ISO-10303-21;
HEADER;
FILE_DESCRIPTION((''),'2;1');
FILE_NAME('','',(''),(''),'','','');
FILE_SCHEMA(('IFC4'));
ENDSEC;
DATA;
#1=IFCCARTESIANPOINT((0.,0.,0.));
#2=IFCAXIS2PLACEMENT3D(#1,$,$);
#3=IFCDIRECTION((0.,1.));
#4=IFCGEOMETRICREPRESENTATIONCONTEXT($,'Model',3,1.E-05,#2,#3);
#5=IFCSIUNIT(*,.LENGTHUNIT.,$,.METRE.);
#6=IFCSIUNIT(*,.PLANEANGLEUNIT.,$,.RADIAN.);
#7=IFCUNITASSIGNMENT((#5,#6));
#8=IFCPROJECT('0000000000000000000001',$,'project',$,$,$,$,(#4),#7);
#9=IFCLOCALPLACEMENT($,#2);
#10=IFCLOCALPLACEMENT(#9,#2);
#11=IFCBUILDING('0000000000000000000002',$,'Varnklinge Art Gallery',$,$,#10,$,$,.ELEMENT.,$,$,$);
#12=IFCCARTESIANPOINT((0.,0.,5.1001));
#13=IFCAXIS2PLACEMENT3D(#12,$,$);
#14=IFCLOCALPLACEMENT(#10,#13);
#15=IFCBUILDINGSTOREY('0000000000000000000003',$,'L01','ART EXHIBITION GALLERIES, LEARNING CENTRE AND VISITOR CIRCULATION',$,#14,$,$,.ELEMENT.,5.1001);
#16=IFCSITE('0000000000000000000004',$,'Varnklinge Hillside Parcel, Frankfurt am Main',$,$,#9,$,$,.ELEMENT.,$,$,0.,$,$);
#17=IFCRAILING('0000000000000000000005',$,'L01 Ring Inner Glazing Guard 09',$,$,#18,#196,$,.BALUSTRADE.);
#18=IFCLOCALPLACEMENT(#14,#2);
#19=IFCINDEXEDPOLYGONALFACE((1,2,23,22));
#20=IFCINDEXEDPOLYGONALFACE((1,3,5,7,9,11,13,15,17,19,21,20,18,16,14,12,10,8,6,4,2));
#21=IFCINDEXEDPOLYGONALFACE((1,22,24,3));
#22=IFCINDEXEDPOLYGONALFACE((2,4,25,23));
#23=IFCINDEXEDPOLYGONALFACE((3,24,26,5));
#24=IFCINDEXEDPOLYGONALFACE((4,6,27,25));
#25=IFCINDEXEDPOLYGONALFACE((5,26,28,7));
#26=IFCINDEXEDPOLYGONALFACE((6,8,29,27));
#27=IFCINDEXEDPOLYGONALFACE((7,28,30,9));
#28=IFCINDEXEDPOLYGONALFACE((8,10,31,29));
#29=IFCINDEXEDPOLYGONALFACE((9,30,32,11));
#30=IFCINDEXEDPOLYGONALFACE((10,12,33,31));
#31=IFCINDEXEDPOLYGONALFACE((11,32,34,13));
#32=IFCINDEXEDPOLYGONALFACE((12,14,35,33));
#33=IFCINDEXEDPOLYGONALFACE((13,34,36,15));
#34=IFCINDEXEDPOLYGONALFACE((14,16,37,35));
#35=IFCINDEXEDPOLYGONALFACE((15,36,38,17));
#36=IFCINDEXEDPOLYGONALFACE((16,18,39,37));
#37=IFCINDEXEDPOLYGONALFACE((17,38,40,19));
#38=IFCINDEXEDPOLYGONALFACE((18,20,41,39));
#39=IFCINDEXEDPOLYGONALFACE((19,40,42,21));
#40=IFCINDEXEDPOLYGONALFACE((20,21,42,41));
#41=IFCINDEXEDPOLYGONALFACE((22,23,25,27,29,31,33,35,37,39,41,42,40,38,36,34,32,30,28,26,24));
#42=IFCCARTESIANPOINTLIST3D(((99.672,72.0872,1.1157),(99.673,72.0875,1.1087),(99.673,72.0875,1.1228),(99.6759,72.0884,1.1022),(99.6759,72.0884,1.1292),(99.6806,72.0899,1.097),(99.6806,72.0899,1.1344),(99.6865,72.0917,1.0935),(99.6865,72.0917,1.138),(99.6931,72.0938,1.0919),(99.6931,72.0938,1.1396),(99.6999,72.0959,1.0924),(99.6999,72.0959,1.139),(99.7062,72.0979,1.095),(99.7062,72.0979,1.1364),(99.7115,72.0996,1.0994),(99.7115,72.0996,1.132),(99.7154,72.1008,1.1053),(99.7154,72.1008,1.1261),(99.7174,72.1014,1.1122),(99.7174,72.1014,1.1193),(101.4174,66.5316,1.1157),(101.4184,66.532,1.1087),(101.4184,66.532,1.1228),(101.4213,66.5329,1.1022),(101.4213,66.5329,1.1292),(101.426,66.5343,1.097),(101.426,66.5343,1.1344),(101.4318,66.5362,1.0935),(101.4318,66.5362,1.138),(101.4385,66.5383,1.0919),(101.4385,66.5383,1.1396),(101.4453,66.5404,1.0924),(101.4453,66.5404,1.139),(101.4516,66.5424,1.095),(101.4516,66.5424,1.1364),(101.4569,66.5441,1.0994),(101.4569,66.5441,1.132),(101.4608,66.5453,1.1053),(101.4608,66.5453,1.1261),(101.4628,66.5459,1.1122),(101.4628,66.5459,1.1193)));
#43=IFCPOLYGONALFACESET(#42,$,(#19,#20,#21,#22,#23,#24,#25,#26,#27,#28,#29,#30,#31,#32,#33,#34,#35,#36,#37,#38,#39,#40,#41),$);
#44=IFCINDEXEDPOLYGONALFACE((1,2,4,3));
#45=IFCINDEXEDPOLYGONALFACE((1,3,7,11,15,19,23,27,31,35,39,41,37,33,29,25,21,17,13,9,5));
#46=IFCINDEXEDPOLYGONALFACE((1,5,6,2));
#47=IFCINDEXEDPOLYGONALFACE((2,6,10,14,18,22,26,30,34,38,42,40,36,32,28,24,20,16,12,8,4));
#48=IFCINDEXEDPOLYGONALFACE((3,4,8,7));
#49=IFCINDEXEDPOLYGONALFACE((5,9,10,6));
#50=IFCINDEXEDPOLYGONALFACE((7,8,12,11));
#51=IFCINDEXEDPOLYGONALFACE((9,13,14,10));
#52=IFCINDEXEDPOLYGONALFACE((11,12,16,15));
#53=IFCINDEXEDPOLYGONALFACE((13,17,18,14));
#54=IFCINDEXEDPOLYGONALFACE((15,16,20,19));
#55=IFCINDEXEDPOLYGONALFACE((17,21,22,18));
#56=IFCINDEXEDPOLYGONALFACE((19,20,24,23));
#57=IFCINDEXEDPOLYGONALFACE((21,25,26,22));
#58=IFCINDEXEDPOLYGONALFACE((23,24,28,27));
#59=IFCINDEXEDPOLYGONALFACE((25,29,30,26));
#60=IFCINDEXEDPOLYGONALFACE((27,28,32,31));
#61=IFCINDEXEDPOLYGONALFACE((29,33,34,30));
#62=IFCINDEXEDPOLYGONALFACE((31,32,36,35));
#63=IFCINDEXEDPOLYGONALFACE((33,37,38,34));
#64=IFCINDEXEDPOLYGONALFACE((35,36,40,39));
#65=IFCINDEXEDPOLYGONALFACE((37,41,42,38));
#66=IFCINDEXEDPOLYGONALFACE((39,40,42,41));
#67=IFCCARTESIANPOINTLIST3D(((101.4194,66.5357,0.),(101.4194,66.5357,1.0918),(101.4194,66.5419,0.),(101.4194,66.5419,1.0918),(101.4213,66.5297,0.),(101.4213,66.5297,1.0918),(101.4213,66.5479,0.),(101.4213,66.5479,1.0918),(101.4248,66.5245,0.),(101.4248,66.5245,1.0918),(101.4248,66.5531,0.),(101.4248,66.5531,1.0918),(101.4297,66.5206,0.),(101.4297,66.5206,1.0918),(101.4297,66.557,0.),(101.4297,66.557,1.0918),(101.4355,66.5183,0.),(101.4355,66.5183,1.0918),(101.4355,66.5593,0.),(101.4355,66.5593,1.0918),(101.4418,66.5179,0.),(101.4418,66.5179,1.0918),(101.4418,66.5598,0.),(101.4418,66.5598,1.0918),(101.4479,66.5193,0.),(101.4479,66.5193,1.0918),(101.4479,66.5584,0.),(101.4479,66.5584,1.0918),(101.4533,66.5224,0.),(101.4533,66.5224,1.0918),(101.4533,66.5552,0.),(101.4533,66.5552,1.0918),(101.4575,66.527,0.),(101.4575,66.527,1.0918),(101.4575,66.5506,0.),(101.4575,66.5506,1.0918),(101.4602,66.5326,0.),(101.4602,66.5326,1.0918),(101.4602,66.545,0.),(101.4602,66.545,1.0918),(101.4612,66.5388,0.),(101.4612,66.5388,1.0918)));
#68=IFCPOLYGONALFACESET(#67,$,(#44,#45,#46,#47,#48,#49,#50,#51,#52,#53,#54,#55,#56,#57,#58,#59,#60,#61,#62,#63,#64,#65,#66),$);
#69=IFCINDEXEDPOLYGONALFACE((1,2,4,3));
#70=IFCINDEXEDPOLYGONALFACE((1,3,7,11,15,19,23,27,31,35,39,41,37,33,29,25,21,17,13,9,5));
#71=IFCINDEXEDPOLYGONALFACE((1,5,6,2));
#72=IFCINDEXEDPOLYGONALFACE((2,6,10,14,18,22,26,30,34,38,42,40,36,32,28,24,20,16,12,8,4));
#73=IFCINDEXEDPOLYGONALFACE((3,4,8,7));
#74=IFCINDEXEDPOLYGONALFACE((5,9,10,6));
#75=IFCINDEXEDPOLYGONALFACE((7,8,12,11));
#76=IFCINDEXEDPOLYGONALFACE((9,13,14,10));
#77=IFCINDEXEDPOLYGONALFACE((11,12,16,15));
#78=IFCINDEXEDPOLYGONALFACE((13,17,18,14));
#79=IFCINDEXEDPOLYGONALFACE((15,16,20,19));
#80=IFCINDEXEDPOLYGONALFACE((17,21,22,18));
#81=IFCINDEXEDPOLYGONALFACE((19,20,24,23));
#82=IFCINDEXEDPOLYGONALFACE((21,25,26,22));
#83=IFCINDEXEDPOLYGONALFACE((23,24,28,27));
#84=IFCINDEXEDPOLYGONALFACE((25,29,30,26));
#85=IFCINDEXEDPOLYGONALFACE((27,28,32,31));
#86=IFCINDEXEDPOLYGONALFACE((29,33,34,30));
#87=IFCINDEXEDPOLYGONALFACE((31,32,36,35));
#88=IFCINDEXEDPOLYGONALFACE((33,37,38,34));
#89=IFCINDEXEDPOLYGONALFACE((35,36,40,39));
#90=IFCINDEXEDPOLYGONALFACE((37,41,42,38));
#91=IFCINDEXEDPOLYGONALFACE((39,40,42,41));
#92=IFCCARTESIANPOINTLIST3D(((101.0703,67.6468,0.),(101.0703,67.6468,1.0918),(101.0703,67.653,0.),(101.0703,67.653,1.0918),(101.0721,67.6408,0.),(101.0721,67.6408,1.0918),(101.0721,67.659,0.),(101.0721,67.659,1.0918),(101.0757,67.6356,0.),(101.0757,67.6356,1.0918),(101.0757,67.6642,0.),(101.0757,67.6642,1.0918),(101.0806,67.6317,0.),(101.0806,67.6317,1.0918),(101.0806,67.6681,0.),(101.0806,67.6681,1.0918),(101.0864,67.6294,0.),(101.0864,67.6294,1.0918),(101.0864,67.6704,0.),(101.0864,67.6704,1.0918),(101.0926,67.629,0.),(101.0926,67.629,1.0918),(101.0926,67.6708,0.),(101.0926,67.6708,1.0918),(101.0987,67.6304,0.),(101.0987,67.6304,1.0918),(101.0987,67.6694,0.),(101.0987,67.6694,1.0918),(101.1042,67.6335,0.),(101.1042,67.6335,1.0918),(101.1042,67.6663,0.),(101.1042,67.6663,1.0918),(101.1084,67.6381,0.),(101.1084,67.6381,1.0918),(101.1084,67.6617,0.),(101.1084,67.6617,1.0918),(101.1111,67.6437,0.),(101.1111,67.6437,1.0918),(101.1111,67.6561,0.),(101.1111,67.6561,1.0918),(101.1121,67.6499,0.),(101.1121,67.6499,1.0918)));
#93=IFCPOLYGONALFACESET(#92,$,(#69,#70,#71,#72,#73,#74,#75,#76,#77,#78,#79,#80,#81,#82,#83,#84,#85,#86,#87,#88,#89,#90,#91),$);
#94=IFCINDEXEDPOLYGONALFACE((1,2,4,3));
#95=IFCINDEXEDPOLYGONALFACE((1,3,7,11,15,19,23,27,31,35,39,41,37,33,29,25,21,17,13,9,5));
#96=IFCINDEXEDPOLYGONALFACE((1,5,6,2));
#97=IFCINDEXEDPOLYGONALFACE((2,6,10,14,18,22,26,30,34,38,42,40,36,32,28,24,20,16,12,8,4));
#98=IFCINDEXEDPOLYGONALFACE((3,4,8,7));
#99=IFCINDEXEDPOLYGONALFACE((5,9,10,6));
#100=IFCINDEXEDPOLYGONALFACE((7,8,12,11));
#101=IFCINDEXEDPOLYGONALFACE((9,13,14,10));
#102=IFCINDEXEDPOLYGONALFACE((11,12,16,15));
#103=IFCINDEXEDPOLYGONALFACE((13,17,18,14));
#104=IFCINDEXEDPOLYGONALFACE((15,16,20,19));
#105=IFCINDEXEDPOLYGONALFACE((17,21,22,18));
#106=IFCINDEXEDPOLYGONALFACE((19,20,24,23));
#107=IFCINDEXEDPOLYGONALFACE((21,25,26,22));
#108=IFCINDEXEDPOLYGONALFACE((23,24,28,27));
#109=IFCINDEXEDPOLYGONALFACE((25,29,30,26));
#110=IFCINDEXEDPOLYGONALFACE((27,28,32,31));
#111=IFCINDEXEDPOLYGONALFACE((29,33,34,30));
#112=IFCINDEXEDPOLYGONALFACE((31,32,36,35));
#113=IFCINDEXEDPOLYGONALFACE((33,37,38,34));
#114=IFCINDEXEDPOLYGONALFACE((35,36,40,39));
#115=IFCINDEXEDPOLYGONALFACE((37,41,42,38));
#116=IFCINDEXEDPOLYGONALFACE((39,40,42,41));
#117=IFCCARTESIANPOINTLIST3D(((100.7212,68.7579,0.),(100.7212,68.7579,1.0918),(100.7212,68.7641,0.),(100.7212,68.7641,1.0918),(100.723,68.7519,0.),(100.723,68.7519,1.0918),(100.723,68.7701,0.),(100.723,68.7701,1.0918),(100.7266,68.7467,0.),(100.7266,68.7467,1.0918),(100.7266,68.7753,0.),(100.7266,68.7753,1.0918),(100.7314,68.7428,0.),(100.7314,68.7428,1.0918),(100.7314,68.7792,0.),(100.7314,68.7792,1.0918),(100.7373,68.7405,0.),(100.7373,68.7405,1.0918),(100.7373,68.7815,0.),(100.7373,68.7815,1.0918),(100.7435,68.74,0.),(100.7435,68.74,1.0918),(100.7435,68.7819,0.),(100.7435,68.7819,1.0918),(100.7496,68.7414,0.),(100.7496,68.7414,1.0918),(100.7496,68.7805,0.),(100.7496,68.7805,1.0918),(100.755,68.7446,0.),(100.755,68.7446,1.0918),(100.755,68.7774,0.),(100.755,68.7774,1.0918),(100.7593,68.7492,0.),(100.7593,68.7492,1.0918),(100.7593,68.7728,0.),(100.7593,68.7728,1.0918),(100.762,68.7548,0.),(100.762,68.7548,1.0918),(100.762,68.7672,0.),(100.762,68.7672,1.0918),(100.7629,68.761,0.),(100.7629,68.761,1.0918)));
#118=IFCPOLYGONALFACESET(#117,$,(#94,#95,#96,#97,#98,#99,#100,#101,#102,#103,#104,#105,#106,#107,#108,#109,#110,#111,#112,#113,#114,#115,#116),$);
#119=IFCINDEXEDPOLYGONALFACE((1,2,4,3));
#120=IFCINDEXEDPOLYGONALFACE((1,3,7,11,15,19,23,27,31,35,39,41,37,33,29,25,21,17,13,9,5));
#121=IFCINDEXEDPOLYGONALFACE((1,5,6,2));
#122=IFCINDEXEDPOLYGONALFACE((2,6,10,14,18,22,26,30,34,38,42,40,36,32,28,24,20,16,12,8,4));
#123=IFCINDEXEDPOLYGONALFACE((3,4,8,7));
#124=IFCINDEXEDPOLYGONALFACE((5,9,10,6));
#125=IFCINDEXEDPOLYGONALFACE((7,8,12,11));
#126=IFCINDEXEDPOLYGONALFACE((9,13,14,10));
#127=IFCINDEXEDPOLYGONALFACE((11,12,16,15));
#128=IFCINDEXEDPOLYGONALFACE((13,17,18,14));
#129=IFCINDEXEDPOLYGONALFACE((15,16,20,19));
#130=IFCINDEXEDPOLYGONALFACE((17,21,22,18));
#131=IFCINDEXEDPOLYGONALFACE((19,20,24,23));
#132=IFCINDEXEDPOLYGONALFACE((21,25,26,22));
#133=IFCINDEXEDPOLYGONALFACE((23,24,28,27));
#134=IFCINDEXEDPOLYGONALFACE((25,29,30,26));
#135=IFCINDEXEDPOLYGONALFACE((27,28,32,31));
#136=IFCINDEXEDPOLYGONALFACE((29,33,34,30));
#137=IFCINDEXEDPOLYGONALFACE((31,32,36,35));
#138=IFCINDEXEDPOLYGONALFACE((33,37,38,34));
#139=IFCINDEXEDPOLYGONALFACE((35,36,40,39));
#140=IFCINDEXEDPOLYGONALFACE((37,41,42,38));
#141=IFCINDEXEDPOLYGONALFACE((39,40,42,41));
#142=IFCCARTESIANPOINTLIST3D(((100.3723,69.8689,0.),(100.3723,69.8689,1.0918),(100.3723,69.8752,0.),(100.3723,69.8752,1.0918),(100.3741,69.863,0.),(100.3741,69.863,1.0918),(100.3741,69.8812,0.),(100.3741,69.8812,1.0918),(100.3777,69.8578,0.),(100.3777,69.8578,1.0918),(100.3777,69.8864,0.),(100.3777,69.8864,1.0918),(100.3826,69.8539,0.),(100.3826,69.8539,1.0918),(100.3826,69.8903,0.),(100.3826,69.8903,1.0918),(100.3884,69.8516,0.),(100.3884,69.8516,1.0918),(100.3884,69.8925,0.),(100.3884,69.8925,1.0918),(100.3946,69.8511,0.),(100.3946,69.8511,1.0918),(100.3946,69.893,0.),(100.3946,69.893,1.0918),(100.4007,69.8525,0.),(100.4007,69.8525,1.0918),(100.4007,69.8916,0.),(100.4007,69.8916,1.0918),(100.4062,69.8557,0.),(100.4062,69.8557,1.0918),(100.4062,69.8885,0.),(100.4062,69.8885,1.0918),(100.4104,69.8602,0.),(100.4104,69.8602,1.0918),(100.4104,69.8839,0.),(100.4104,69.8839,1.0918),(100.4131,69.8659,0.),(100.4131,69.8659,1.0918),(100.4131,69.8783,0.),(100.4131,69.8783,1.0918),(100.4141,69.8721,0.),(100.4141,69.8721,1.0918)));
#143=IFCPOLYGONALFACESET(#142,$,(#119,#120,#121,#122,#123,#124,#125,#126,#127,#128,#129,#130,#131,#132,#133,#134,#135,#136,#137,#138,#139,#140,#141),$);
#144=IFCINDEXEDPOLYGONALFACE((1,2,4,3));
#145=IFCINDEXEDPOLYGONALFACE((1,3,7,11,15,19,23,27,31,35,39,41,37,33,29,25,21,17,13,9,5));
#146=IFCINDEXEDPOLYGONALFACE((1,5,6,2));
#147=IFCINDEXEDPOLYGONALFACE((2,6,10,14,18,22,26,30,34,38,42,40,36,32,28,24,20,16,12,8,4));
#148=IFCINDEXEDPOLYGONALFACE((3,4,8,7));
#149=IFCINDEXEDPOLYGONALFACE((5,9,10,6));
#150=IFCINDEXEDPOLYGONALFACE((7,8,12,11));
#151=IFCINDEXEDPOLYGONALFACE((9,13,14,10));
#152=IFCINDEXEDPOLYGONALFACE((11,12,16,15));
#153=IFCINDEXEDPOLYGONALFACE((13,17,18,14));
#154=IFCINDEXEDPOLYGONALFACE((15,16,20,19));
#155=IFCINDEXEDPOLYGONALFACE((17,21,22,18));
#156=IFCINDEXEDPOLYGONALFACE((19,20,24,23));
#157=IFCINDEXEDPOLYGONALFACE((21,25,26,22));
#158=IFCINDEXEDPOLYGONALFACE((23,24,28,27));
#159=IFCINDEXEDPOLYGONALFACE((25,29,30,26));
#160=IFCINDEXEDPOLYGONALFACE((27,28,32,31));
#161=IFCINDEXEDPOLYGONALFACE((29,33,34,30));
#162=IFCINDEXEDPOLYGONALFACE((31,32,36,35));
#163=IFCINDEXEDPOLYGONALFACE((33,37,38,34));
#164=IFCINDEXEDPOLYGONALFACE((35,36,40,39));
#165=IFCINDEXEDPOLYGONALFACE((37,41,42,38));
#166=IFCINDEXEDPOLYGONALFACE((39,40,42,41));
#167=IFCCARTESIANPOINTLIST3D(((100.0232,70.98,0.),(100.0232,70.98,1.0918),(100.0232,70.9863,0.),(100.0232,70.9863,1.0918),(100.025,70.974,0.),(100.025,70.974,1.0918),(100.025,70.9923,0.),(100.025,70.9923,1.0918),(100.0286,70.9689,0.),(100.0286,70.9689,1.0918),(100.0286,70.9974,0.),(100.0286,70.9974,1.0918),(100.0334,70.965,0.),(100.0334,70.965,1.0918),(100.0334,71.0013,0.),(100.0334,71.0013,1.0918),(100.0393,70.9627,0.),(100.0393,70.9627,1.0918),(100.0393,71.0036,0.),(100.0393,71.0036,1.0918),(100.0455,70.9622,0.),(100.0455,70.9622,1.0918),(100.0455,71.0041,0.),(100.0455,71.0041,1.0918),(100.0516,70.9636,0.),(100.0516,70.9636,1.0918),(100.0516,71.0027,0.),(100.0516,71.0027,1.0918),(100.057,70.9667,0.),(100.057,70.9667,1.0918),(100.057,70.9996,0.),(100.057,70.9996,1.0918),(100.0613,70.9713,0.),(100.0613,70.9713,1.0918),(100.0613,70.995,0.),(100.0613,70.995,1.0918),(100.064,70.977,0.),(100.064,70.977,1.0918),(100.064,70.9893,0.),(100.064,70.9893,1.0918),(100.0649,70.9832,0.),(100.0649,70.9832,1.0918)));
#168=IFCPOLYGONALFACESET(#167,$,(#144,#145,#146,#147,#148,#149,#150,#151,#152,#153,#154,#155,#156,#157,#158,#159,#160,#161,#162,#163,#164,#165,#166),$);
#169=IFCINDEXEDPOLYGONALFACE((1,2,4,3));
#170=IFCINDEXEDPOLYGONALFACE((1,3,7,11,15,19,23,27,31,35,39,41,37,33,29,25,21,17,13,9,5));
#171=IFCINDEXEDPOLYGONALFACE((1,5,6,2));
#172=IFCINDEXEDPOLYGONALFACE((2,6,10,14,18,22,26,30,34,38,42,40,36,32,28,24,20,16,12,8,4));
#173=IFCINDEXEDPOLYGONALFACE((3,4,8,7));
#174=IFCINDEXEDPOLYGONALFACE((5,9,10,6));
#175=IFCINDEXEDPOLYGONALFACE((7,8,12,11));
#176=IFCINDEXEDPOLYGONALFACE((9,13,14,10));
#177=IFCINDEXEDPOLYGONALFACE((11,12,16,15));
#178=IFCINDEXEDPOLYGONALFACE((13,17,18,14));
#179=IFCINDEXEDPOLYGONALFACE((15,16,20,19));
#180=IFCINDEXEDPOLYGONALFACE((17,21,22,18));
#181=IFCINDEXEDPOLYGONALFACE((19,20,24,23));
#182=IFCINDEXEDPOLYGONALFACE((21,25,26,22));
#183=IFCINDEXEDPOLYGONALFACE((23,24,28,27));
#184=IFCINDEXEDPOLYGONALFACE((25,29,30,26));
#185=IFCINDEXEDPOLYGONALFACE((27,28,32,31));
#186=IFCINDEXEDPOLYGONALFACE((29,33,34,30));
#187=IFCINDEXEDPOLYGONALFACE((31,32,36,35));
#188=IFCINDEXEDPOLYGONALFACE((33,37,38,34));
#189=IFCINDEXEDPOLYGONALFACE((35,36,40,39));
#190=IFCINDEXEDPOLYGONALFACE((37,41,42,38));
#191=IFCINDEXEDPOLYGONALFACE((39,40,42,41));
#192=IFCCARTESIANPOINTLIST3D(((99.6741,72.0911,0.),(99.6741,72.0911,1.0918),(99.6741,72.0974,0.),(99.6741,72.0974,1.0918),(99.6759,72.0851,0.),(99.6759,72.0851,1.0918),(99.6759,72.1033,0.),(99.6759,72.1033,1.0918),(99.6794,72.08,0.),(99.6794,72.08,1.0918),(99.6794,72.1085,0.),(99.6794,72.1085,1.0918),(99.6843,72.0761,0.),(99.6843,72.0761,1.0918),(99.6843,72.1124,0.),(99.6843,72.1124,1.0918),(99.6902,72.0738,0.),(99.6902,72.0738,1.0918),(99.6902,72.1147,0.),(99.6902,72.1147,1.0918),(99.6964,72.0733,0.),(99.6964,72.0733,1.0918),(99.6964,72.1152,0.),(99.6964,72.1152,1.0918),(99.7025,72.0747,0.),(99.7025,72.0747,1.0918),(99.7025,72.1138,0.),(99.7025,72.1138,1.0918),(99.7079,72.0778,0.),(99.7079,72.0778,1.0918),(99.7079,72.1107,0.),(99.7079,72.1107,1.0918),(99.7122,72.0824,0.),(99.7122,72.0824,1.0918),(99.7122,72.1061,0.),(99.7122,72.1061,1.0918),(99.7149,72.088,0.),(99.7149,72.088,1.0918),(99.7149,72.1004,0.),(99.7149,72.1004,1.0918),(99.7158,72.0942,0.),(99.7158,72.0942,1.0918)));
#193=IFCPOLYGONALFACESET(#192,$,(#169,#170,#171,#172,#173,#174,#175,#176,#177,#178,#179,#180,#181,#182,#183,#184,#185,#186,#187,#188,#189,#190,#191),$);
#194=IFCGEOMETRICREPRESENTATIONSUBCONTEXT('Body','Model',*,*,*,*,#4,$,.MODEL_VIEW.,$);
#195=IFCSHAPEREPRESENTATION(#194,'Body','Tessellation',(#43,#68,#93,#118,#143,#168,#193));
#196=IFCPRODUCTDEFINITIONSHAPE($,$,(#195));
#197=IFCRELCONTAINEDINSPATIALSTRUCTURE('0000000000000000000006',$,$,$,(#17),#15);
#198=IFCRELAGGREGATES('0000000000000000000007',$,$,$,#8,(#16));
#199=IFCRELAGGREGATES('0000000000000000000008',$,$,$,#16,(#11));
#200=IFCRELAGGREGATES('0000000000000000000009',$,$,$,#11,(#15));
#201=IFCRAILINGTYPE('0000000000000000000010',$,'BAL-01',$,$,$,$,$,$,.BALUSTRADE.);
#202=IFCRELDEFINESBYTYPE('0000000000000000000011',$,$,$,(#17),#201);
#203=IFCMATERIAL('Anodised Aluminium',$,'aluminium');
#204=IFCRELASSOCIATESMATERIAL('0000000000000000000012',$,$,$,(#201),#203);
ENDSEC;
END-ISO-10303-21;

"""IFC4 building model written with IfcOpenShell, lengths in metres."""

from ifc_helpers import new_model, si_unit, direction, frame, origin, origin_2d, place, context, subcontext, project, spatial, circle, extrude, material, type_object, element, save


model = new_model("IFC4")

# Units and contexts
model_context = context("Model", 3, precision=1e-05, world=origin(), true_north=direction((0.0, 1.0)))
body_context = subcontext(model_context, "Body", "Model", "MODEL_VIEW")
ifc_project = project(units=[si_unit("LENGTHUNIT", "METRE"), si_unit("PLANEANGLEUNIT", "RADIAN")], contexts=[model_context])

# Site, building, storey
site_placement = place(None, origin())
site = spatial("IfcSite", under=ifc_project, at=site_placement, Name="Varnklinge Hillside Parcel, Frankfurt am Main", CompositionType="ELEMENT", RefElevation=0.0)
building_placement = place(site_placement, origin())
building = spatial("IfcBuilding", under=site, at=building_placement, Name="Varnklinge Art Gallery", CompositionType="ELEMENT")
storey_placement = place(building_placement, frame((0.0, 0.0, 5.1001)))
storey = spatial("IfcBuildingStorey", under=building, at=storey_placement, Name="L01", Description="ART EXHIBITION GALLERIES, LEARNING CENTRE AND VISITOR CIRCULATION", CompositionType="ELEMENT", Elevation=5.1001)

# Railing
ifc_material_1 = material(Name="Anodised Aluminium", Category="aluminium")
railing_type = type_object("IfcRailingType", Name="BAL-01", PredefinedType="BALUSTRADE", material=ifc_material_1)
railing_placement = place(storey_placement, frame((101.4402, 66.5388, 0.0)))
element("IfcRailing", 1, at=railing_placement, inside=storey, type_object=railing_type, Name="L01 Ring Inner Glazing Guard 09", PredefinedType="BALUSTRADE", context=body_context, shape_type="SweptSolid", body=[
    extrude(circle(Radius=0.0239, at=origin_2d()), frame((0.0, 0.0, 1.1157), z_axis=(-0.299728, 0.954025, 0.0), x_axis=(-0.954025, -0.299728, 0.0)), (0.0, 0.0, 1.0), 5.8232),
    extrude(circle(Radius=0.021, at=origin_2d()), origin(), (0.0, 0.0, 1.0), 1.0918),
    extrude(circle(Radius=0.021, at=origin_2d()), frame((-0.3491, 1.1111, 0.0)), (0.0, 0.0, 1.0), 1.0918),
    extrude(circle(Radius=0.021, at=origin_2d()), frame((-0.6982, 2.2222, 0.0)), (0.0, 0.0, 1.0), 1.0918),
    extrude(circle(Radius=0.021, at=origin_2d()), frame((-1.0471, 3.3333, 0.0)), (0.0, 0.0, 1.0), 1.0918),
    extrude(circle(Radius=0.021, at=origin_2d()), frame((-1.3962, 4.4443, 0.0)), (0.0, 0.0, 1.0), 1.0918),
    extrude(circle(Radius=0.021, at=origin_2d()), frame((-1.7454, 5.5554, 0.0)), (0.0, 0.0, 1.0), 1.0918),
])

save(model, "model.ifc")
